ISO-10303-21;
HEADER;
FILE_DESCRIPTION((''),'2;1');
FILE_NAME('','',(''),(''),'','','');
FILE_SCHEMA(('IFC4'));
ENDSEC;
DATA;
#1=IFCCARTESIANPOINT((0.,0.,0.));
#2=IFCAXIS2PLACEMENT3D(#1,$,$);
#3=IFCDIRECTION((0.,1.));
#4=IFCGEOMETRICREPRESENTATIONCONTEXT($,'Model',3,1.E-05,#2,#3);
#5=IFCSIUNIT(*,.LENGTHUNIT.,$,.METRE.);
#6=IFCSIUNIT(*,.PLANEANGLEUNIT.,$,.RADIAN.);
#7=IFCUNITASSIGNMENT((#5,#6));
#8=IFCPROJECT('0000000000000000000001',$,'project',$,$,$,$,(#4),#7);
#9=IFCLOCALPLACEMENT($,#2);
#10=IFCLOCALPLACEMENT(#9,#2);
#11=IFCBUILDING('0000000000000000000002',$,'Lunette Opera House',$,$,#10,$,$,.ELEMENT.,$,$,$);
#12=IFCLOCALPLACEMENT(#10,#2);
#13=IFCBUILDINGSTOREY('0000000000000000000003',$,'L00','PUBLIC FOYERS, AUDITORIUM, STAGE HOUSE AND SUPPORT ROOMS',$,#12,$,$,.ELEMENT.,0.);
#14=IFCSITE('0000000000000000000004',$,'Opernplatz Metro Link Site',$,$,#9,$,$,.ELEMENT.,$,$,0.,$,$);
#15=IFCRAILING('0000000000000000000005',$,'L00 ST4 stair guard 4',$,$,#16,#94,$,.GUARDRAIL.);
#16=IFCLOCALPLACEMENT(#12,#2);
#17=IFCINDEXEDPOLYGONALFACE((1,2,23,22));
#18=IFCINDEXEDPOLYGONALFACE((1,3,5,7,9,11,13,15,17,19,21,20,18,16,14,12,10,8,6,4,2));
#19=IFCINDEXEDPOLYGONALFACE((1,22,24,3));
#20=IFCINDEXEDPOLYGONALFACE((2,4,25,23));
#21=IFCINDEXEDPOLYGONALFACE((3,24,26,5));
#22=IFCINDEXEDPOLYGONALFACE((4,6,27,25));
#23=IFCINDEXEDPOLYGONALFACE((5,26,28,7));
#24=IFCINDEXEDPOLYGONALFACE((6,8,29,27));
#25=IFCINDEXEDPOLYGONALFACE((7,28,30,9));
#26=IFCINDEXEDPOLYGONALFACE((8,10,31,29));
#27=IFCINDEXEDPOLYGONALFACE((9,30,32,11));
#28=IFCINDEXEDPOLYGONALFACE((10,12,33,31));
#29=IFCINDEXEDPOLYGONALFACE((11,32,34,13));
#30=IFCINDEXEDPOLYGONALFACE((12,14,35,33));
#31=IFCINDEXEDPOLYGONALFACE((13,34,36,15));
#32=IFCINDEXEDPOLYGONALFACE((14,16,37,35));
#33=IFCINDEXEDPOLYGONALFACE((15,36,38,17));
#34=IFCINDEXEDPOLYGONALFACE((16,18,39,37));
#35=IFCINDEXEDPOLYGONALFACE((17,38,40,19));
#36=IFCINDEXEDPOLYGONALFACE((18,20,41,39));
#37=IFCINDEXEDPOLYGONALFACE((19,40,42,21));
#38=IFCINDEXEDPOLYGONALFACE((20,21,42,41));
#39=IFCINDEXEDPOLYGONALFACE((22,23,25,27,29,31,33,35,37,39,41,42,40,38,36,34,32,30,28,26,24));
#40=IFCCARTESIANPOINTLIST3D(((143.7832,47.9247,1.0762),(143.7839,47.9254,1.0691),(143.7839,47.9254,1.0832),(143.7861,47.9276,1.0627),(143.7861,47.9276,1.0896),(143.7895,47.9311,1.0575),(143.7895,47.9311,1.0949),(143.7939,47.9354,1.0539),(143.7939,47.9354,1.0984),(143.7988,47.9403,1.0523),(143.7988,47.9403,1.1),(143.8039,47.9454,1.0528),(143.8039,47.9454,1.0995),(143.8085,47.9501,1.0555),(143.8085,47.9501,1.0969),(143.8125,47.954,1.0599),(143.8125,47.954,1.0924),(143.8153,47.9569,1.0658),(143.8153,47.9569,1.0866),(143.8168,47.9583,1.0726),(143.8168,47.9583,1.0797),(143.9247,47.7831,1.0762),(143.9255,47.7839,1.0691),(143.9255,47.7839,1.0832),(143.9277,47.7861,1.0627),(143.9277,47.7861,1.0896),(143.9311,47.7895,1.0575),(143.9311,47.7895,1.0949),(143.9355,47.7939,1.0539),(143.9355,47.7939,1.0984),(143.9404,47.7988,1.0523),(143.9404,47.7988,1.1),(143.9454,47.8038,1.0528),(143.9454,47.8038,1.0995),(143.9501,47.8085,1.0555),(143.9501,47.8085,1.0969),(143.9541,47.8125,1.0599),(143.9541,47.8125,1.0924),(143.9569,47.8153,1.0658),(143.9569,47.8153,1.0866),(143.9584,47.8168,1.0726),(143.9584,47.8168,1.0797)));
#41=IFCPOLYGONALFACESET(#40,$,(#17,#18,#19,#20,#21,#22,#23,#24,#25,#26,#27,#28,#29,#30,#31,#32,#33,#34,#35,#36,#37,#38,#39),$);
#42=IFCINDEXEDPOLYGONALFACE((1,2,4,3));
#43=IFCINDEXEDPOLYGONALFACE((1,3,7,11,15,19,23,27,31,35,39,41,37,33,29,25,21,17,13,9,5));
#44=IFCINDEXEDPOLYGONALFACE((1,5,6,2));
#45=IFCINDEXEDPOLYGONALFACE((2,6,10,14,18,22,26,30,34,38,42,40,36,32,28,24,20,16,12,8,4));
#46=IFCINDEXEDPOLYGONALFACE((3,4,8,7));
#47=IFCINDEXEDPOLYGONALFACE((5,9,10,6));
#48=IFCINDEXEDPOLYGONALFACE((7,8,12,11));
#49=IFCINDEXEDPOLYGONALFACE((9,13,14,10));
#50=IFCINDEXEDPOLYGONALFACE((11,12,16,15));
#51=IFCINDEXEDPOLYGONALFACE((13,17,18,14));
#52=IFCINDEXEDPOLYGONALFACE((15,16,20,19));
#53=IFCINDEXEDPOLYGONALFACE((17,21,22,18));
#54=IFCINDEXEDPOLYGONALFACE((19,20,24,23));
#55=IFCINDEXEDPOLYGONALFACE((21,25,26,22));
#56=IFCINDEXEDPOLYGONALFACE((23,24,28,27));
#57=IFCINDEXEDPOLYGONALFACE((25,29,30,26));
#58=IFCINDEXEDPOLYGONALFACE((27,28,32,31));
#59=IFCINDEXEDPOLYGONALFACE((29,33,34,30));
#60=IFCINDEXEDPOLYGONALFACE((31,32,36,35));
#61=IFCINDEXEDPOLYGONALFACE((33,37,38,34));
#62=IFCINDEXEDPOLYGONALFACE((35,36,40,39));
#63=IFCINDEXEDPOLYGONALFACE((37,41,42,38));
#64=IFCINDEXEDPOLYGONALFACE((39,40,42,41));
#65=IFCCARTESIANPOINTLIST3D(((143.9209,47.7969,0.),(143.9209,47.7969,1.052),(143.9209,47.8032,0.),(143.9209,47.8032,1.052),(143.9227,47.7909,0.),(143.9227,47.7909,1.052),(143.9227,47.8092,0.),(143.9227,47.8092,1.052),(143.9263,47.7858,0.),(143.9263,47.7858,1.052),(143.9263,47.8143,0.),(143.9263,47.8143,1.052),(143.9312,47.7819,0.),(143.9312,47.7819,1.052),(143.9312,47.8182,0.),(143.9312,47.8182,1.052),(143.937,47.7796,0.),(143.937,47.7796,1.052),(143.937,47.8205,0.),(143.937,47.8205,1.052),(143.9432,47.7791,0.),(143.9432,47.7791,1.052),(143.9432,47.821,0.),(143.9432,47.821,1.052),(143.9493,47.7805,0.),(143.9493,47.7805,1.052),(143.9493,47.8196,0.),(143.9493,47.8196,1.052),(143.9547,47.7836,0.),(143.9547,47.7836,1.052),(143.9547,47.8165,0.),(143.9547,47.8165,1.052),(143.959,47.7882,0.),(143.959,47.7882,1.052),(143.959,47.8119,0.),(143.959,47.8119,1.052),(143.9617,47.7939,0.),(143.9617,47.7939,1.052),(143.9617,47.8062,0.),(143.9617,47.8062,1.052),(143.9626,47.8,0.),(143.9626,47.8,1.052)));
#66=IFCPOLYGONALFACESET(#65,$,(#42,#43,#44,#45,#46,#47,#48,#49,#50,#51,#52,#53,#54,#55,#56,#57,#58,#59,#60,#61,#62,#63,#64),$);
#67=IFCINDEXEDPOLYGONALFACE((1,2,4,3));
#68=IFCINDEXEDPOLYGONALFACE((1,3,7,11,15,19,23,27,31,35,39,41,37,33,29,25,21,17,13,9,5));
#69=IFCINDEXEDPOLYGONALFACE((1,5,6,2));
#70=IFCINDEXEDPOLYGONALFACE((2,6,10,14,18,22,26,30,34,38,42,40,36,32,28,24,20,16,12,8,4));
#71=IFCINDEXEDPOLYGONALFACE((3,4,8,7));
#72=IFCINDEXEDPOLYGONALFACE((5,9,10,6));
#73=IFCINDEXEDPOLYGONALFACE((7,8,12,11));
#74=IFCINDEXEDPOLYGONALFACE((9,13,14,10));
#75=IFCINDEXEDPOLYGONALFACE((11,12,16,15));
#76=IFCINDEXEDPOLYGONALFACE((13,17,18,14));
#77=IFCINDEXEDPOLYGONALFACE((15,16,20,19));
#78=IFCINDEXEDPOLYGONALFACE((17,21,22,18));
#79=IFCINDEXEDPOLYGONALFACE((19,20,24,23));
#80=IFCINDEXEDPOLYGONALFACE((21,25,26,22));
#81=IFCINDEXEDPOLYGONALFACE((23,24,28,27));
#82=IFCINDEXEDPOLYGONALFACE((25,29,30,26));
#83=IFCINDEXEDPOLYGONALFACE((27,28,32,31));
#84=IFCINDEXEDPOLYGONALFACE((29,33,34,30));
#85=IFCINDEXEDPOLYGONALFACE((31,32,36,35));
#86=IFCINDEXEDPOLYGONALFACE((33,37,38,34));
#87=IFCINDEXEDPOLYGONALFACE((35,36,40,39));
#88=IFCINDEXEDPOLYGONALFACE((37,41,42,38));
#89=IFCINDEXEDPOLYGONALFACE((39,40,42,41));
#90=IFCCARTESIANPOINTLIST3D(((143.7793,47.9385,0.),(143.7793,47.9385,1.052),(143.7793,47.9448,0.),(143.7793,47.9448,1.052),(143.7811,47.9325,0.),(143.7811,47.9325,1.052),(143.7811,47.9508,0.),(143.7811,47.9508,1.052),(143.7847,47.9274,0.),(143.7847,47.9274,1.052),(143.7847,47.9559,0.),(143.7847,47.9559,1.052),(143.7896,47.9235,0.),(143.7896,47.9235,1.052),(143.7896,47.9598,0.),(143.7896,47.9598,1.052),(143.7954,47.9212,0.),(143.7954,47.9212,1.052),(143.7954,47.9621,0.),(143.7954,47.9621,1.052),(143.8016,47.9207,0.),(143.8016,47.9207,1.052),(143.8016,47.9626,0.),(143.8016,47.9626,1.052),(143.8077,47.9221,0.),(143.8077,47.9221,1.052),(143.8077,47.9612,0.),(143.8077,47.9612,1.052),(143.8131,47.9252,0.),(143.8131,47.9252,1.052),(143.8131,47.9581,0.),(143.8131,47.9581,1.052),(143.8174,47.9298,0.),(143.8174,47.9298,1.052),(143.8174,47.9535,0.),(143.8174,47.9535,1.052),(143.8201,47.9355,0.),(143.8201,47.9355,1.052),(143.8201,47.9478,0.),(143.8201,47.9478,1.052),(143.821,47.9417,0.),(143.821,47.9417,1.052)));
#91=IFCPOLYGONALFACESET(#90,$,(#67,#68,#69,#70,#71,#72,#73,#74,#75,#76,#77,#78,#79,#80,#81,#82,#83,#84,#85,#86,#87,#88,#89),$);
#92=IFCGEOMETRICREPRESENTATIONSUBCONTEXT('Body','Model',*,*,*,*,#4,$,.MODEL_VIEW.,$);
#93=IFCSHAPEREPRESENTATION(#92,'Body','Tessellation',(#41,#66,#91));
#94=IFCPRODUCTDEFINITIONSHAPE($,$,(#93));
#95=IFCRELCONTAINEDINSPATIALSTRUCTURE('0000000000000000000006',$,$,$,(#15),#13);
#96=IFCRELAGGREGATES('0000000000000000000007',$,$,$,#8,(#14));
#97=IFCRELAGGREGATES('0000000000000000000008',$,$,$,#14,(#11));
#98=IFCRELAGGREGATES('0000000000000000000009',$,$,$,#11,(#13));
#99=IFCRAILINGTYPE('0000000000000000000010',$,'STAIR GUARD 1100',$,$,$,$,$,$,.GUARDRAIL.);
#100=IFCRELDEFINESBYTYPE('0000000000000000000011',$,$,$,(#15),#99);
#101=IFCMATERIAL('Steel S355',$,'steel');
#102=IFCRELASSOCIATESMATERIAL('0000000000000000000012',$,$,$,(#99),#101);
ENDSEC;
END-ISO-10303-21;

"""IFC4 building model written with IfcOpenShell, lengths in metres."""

from ifc_helpers import new_model, si_unit, direction, frame, origin, origin_2d, place, context, subcontext, project, spatial, circle, extrude, material, type_object, element, save


model = new_model("IFC4")

# Units and contexts
model_context = context("Model", 3, precision=1e-05, world=origin(), true_north=direction((0.0, 1.0)))
body_context = subcontext(model_context, "Body", "Model", "MODEL_VIEW")
ifc_project = project(units=[si_unit("LENGTHUNIT", "METRE"), si_unit("PLANEANGLEUNIT", "RADIAN")], contexts=[model_context])

# Site, building, storey
site_placement = place(None, origin())
site = spatial("IfcSite", under=ifc_project, at=site_placement, Name="Opernplatz Metro Link Site", CompositionType="ELEMENT", RefElevation=0.0)
building_placement = place(site_placement, origin())
building = spatial("IfcBuilding", under=site, at=building_placement, Name="Lunette Opera House", CompositionType="ELEMENT")
storey_placement = place(building_placement, origin())
storey = spatial("IfcBuildingStorey", under=building, at=storey_placement, Name="L00", Description="PUBLIC FOYERS, AUDITORIUM, STAGE HOUSE AND SUPPORT ROOMS", CompositionType="ELEMENT", Elevation=0.0)

# Railing
ifc_material_1 = material(Name="Steel S355", Category="steel")
railing_type_1 = type_object("IfcRailingType", Name="STAIR GUARD 1100", PredefinedType="GUARDRAIL", material=ifc_material_1)
railing_1_placement = place(storey_placement, frame((143.9417, 47.8, 0.0)))
element("IfcRailing", 1, at=railing_1_placement, inside=storey, type_object=railing_type_1, Name="L00 ST4 stair guard 4", PredefinedType="GUARDRAIL", context=body_context, shape_type="SweptSolid", body=[
    extrude(circle(Radius=0.0239, at=origin_2d()), frame((0.0, 0.0, 1.0762), z_axis=(-0.707107, 0.707107, 0.0), x_axis=(-0.707107, -0.707107, 0.0)), (0.0, 0.0, 1.0), 0.2002),
    extrude(circle(Radius=0.021, at=origin_2d()), origin(), (0.0, 0.0, 1.0), 1.052),
    extrude(circle(Radius=0.021, at=origin_2d()), frame((-0.1416, 0.1416, 0.0)), (0.0, 0.0, 1.0), 1.052),
])

save(model, "model.ifc")
